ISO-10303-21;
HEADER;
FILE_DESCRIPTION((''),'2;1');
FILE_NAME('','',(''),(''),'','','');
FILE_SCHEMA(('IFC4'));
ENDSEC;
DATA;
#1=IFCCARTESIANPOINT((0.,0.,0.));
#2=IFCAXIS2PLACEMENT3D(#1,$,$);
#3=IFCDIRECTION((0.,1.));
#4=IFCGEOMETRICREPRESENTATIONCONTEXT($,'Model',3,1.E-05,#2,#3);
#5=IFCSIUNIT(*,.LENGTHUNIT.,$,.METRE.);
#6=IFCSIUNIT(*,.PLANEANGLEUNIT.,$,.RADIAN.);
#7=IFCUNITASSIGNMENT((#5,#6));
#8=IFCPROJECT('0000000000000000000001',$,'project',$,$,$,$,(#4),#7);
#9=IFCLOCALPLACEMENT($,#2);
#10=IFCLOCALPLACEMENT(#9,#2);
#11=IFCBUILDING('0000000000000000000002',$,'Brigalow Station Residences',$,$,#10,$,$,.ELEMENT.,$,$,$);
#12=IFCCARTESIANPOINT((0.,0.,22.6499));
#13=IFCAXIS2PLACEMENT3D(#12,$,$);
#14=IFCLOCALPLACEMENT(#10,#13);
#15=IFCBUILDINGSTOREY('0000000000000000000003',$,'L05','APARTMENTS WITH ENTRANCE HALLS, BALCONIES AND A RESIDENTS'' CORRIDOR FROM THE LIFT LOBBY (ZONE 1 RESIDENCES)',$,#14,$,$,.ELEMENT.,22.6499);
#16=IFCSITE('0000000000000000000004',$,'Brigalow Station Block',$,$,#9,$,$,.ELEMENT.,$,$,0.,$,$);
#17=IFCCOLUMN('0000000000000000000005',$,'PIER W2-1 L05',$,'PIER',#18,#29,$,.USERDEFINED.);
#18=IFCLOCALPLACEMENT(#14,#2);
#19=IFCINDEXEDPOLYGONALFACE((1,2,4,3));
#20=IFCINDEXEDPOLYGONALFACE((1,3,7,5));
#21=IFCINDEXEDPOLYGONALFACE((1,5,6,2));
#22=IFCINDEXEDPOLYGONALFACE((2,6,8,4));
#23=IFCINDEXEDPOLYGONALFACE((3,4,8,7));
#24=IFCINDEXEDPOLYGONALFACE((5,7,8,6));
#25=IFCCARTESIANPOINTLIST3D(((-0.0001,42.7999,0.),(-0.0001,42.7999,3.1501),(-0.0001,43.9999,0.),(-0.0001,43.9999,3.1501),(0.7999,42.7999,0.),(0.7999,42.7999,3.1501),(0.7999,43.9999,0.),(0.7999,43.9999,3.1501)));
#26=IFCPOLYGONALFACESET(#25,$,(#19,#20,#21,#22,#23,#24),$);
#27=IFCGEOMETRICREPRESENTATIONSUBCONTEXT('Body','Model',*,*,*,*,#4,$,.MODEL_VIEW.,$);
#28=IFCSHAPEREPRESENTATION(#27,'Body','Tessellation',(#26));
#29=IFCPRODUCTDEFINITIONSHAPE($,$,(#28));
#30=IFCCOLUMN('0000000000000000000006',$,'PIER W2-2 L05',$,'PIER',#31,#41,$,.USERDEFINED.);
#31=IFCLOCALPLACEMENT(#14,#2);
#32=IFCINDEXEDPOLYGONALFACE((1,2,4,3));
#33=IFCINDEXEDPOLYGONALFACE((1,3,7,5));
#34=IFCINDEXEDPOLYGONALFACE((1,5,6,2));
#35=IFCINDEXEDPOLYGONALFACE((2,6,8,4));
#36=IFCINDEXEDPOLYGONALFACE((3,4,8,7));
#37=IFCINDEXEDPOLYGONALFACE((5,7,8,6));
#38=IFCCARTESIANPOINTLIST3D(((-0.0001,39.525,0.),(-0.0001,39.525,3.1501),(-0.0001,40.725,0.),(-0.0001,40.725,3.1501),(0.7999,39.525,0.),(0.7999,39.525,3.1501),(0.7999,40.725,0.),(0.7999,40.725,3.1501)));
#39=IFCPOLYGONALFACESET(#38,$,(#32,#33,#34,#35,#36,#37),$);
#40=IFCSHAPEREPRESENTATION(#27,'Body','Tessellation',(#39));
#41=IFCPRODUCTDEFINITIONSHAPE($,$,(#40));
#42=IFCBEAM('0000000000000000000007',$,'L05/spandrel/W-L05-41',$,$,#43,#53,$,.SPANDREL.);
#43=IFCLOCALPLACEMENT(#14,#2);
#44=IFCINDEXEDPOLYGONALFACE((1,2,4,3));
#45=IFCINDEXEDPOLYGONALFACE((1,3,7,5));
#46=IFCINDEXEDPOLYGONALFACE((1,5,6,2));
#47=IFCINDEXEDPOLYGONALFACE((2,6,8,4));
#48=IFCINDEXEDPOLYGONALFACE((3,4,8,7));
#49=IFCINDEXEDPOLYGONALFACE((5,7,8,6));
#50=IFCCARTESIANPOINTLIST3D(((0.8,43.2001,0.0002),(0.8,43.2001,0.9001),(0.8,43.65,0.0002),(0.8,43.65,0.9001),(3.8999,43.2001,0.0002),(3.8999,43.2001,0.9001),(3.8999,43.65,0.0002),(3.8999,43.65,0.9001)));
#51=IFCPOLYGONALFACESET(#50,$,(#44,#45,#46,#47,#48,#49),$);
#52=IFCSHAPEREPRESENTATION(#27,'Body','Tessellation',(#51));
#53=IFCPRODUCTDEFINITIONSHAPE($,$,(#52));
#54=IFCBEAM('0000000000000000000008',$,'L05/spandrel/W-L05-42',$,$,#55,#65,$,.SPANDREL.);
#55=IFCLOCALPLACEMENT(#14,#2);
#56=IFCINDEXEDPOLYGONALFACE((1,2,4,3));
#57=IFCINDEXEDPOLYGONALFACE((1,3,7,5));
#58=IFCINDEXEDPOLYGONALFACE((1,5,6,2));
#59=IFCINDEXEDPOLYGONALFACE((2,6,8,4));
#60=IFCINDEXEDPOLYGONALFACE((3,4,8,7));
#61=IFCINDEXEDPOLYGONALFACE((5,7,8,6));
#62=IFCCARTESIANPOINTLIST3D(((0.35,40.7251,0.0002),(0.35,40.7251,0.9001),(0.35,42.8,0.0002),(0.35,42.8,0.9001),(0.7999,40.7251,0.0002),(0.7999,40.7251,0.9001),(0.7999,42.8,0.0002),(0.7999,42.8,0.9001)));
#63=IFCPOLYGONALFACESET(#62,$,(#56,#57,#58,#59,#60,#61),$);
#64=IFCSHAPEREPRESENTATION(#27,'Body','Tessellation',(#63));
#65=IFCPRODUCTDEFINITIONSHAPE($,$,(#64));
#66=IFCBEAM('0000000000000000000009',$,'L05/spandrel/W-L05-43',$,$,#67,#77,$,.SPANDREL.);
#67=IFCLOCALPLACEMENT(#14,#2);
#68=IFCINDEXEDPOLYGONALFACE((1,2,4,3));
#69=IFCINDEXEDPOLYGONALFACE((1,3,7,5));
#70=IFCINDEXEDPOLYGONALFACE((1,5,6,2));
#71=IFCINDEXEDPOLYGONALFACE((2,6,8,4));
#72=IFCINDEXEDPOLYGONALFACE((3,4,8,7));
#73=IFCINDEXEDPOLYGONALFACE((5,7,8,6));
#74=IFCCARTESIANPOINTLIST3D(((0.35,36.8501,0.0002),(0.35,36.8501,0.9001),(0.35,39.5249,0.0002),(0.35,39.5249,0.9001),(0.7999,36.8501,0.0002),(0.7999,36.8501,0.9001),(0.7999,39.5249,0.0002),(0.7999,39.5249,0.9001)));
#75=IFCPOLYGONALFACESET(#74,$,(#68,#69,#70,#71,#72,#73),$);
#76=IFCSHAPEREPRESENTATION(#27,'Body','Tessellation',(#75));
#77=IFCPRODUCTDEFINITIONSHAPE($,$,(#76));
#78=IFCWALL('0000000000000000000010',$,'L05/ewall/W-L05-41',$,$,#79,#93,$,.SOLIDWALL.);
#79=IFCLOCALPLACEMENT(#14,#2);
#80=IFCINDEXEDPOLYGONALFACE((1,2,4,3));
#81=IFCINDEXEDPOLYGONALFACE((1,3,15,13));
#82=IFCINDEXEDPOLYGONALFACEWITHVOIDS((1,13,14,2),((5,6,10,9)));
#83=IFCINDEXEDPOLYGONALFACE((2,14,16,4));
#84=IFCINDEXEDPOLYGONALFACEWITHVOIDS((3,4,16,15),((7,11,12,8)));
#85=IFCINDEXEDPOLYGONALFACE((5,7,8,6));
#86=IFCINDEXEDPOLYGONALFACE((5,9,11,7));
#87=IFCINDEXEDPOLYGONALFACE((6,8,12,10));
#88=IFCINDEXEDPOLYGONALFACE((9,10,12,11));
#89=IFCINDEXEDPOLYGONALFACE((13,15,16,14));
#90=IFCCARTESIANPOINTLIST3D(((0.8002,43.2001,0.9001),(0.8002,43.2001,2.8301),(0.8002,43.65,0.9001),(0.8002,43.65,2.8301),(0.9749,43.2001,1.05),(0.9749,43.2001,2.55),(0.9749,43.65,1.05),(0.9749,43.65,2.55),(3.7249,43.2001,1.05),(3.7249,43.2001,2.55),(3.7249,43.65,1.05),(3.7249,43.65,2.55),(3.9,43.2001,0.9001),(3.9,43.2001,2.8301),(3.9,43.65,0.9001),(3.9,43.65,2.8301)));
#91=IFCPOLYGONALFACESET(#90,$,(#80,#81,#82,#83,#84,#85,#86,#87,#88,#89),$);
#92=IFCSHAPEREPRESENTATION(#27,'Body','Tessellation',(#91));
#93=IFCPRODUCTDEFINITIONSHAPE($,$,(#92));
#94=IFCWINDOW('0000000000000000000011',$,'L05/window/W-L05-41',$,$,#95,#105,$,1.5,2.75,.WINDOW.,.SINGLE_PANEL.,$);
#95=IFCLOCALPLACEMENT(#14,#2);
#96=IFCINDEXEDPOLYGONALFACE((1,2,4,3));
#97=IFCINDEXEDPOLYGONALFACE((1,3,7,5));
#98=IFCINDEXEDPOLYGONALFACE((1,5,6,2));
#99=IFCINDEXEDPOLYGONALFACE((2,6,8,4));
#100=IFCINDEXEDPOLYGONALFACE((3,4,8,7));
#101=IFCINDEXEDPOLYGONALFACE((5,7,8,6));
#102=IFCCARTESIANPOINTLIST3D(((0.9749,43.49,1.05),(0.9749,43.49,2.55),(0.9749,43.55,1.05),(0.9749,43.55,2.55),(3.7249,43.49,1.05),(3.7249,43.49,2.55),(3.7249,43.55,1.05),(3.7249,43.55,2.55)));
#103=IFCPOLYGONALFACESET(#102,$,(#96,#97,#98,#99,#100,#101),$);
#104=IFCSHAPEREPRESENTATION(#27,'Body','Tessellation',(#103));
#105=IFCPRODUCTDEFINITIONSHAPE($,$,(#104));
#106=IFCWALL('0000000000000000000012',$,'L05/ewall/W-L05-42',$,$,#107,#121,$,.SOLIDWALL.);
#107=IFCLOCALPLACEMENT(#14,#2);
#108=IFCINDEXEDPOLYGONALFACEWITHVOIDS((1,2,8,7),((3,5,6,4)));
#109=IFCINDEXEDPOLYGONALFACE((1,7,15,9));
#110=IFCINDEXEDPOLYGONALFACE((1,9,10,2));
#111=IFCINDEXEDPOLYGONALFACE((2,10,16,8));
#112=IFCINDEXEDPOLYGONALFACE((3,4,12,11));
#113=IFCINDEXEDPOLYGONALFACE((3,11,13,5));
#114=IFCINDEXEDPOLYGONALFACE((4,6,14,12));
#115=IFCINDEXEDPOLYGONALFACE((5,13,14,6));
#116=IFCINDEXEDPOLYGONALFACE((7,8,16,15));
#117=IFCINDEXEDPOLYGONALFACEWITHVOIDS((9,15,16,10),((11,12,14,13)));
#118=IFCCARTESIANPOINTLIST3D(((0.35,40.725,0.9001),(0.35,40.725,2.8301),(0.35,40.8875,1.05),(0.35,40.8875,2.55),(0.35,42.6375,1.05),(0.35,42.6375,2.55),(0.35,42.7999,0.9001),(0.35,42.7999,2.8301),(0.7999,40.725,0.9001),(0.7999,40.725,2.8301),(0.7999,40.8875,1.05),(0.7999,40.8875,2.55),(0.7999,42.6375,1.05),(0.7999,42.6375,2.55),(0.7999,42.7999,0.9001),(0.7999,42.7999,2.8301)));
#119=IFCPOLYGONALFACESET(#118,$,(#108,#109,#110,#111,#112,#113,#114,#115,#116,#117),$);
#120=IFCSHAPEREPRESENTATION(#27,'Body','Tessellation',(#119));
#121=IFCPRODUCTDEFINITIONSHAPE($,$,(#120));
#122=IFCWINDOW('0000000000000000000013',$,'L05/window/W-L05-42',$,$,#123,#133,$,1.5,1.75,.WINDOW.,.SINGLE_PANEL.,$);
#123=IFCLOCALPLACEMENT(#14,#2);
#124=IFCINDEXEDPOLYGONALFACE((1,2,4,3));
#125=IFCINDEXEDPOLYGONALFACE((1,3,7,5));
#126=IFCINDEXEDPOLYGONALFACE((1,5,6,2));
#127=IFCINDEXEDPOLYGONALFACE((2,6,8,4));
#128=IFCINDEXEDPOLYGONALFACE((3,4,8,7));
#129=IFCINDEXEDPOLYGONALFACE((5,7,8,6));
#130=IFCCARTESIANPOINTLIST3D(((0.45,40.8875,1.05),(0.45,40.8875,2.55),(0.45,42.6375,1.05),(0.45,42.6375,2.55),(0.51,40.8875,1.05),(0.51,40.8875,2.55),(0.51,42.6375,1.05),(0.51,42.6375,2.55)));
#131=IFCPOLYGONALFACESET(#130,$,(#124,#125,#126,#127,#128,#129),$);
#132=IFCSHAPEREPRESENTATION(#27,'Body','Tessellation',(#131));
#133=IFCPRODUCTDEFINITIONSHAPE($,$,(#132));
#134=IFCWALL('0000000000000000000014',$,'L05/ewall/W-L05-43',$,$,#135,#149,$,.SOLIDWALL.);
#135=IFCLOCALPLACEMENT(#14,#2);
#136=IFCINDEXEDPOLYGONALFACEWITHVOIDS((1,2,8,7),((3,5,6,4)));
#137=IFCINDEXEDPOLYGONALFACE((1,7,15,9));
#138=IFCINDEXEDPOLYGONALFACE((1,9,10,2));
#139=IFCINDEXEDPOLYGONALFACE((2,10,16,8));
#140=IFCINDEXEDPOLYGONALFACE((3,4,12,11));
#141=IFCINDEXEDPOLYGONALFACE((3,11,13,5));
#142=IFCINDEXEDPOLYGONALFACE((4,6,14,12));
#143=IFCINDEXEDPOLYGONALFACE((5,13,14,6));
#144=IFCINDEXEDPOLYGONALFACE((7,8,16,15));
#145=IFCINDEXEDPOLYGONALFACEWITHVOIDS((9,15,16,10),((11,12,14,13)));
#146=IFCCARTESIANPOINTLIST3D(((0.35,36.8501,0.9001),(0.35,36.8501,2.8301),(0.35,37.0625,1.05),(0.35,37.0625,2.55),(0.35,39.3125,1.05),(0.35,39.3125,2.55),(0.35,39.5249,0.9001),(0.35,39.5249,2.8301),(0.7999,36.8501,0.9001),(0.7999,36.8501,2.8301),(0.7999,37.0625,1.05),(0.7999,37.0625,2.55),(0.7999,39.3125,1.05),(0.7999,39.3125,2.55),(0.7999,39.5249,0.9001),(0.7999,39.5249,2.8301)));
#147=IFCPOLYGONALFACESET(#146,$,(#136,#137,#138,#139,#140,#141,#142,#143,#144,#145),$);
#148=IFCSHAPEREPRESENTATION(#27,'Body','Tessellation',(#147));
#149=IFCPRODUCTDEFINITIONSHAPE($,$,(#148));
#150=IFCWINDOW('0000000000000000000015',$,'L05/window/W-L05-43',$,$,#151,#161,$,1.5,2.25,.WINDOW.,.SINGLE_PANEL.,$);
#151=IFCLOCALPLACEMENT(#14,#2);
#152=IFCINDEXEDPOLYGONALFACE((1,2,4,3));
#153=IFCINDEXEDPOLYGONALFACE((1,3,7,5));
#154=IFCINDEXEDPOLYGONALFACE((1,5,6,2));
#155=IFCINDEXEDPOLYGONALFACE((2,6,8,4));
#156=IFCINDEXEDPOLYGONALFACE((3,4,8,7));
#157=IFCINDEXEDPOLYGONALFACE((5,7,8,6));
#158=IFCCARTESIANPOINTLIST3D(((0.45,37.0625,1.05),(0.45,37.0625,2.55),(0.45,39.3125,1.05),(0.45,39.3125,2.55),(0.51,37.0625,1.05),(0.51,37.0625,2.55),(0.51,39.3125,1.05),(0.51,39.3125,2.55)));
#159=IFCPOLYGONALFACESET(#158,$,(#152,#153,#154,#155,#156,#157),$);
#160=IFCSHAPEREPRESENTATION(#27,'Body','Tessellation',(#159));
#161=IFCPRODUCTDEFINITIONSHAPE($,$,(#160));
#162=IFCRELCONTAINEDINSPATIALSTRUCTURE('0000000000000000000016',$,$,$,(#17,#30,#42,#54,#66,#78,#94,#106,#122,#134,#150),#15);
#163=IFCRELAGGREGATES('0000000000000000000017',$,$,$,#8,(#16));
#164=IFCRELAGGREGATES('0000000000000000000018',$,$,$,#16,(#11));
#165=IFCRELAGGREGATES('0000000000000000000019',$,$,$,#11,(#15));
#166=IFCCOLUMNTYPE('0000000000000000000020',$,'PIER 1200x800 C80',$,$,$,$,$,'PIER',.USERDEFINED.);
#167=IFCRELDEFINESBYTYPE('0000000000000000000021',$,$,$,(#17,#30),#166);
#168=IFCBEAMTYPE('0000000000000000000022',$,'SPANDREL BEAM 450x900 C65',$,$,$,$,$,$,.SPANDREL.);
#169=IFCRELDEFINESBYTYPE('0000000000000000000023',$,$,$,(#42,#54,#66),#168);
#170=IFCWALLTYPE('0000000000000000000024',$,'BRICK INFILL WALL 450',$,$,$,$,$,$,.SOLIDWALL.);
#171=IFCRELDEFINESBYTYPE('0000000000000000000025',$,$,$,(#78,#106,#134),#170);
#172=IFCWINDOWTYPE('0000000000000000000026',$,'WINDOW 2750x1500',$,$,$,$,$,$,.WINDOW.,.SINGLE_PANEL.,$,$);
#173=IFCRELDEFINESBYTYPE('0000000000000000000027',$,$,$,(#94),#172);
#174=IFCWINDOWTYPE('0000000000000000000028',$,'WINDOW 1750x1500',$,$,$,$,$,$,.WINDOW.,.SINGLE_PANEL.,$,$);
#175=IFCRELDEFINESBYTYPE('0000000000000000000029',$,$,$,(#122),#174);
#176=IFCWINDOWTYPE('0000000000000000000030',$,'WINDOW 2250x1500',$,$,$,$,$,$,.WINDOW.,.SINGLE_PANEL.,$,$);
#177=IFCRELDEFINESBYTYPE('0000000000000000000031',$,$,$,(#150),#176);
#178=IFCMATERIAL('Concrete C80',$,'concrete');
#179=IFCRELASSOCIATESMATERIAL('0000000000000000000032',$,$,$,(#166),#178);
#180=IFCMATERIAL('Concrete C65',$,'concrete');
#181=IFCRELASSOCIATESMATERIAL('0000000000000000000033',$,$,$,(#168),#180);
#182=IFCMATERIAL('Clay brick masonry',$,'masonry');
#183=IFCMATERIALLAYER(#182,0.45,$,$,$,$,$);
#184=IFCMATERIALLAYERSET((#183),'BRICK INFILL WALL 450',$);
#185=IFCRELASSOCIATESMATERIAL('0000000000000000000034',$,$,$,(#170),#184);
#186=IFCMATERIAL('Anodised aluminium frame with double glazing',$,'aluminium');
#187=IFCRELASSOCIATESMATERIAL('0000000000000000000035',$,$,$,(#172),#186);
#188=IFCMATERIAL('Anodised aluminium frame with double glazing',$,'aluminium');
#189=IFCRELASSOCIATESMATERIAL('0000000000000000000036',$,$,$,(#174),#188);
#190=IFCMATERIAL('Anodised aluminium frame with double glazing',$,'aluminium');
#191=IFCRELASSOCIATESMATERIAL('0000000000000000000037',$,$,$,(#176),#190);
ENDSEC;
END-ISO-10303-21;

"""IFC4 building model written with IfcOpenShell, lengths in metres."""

from ifc_helpers import new_model, si_unit, direction, frame, frame_2d, origin, origin_2d, place, context, subcontext, project, spatial, rectangle, extrude, material, layer, layer_set, material_profile, profile_set, type_object, element, fill, save


model = new_model("IFC4")

# Units and contexts
model_context = context("Model", 3, precision=1e-05, world=origin(), true_north=direction((0.0, 1.0)))
body_context = subcontext(model_context, "Body", "Model", "MODEL_VIEW")
ifc_project = project(units=[si_unit("LENGTHUNIT", "METRE"), si_unit("PLANEANGLEUNIT", "RADIAN")], contexts=[model_context])

# Site, building, storey
site_placement = place(None, origin())
site = spatial("IfcSite", under=ifc_project, at=site_placement, Name="Brigalow Station Block", CompositionType="ELEMENT", RefElevation=0.0)
building_placement = place(site_placement, origin())
building = spatial("IfcBuilding", under=site, at=building_placement, Name="Brigalow Station Residences", CompositionType="ELEMENT")
storey_placement = place(building_placement, frame((0.0, 0.0, 22.6499)))
storey = spatial("IfcBuildingStorey", under=building, at=storey_placement, Name="L05", Description="APARTMENTS WITH ENTRANCE HALLS, BALCONIES AND A RESIDENTS' CORRIDOR FROM THE LIFT LOBBY (ZONE 1 RESIDENCES)", CompositionType="ELEMENT", Elevation=22.6499)

# Columns
ifc_material_1 = material(Name="Concrete C80", Category="concrete")
ifc_material_profile_1 = material_profile(ifc_material_1, rectangle(XDim=1.2, YDim=0.8, at=origin_2d()), Name="RC1200x800")
ifc_profile_set_1 = profile_set([ifc_material_profile_1], Name="Concrete C80")
column_type = type_object("IfcColumnType", Name="PIER 1200x800 C80", ElementType="PIER", PredefinedType="USERDEFINED", material=ifc_profile_set_1)
for number, where, z_axis, x_axis, name in (
    (1, (0.3999, 43.3999, 0.0), (0.0, 0.0, 1.0), (0.0, -1.0, 0.0), "PIER W2-1 L05"),
    (2, (0.3999, 40.125, 0.0), (0.0, 0.0, 1.0), (0.0, -1.0, 0.0), "PIER W2-2 L05"),
):
    element("IfcColumn", number, at=place(storey_placement, frame(where, z_axis=z_axis, x_axis=x_axis)), inside=storey, type_object=column_type, Name=name, ObjectType="PIER", PredefinedType="USERDEFINED", context=body_context, shape_type="SweptSolid", body=[
        extrude(rectangle(XDim=1.2, YDim=0.8, at=origin_2d()), origin(), (0.0, 0.0, 1.0), 3.1501),
    ])

# Beams
ifc_material_2 = material(Name="Concrete C65", Category="concrete")
ifc_material_profile_2 = material_profile(ifc_material_2, rectangle(XDim=0.45, YDim=0.8999, at=origin_2d()), Name="RC450x900")
ifc_profile_set_2 = profile_set([ifc_material_profile_2], Name="Concrete C65")
beam_type = type_object("IfcBeamType", Name="SPANDREL BEAM 450x900 C65", PredefinedType="SPANDREL", material=ifc_profile_set_2)
beam_1_placement = place(storey_placement, frame((3.8999, 43.425, 0.4502), z_axis=(-1.0, 0.0, 0.0), x_axis=(0.0, -1.0, 0.0)))
element("IfcBeam", 3, at=beam_1_placement, inside=storey, type_object=beam_type, Name="L05/spandrel/W-L05-41", PredefinedType="SPANDREL", context=body_context, shape_type="SweptSolid", body=[
    extrude(rectangle(XDim=0.45, YDim=0.8999, at=origin_2d()), origin(), (0.0, 0.0, 1.0), 3.0999),
])
beam_2_placement = place(storey_placement, frame((0.575, 42.8, 0.4502), z_axis=(0.0, -1.0, 0.0), x_axis=(1.0, 0.0, 0.0)))
element("IfcBeam", 4, at=beam_2_placement, inside=storey, type_object=beam_type, Name="L05/spandrel/W-L05-42", PredefinedType="SPANDREL", context=body_context, shape_type="SweptSolid", body=[
    extrude(rectangle(XDim=0.45, YDim=0.8999, at=origin_2d()), origin(), (0.0, 0.0, 1.0), 2.075),
])
beam_3_placement = place(storey_placement, frame((0.575, 39.5249, 0.4502), z_axis=(0.0, -1.0, 0.0), x_axis=(1.0, 0.0, 0.0)))
element("IfcBeam", 5, at=beam_3_placement, inside=storey, type_object=beam_type, Name="L05/spandrel/W-L05-43", PredefinedType="SPANDREL", context=body_context, shape_type="SweptSolid", body=[
    extrude(rectangle(XDim=0.45, YDim=0.8999, at=origin_2d()), origin(), (0.0, 0.0, 1.0), 2.6748),
])

# Walls, openings, windows
ifc_material_3 = material(Name="Clay brick masonry", Category="masonry")
ifc_layer_1 = layer(ifc_material_3, 0.45)
ifc_layer_set_1 = layer_set([ifc_layer_1], Name="BRICK INFILL WALL 450")
wall_type_1 = type_object("IfcWallType", Name="BRICK INFILL WALL 450", PredefinedType="SOLIDWALL", material=ifc_layer_set_1)
wall_1_placement = place(storey_placement, frame((3.8999, 43.425, 0.9001), z_axis=(0.0, 0.0, 1.0), x_axis=(-1.0, 0.0, 0.0)))
wall_1 = element("IfcWall", 6, at=wall_1_placement, inside=storey, type_object=wall_type_1, Name="L05/ewall/W-L05-41", PredefinedType="SOLIDWALL", context=body_context, shape_type="SweptSolid", body=[
    extrude(rectangle(XDim=3.0999, YDim=0.45, at=frame_2d((1.5498, 0.0))), origin(), (0.0, 0.0, 1.0), 1.9299),
])
opening_1_placement = place(wall_1_placement, frame((0.175, 0.0, 0.1499)))
opening_1 = element("IfcOpeningElement", 7, at=opening_1_placement, cuts=wall_1, PredefinedType="OPENING", context=body_context, shape_type="SweptSolid", body=[
    extrude(rectangle(XDim=2.75, YDim=1.5, at=frame_2d((1.375, 0.75))), frame((0.0, 0.2349, 0.0), z_axis=(0.0, -1.0, 0.0), x_axis=(1.0, 0.0, 0.0)), (0.0, 0.0, 1.0), 0.47),
])
ifc_material_4 = material(Name="Anodised aluminium frame with double glazing", Category="aluminium")
window_type_1 = type_object("IfcWindowType", Name="WINDOW 2750x1500", PartitioningType="SINGLE_PANEL", PredefinedType="WINDOW", material=ifc_material_4)
window_1_placement = place(opening_1_placement, origin())
window_1 = element("IfcWindow", 8, at=window_1_placement, inside=storey, type_object=window_type_1, Name="L05/window/W-L05-41", OverallHeight=1.5, OverallWidth=2.75, PartitioningType="SINGLE_PANEL", PredefinedType="WINDOW", context=body_context, shape_type="SweptSolid", body=[
    extrude(rectangle(XDim=2.75, YDim=1.5, at=frame_2d((1.375, 0.75))), frame((0.0, -0.0649, 0.0), z_axis=(0.0, -1.0, 0.0), x_axis=(1.0, 0.0, 0.0)), (0.0, 0.0, 1.0), 0.0601),
])
fill(opening_1, window_1)
wall_2_placement = place(storey_placement, frame((0.575, 42.8, 0.9001), z_axis=(0.0, 0.0, 1.0), x_axis=(0.0, -1.0, 0.0)))
wall_2 = element("IfcWall", 9, at=wall_2_placement, inside=storey, type_object=wall_type_1, Name="L05/ewall/W-L05-42", PredefinedType="SOLIDWALL", context=body_context, shape_type="SweptSolid", body=[
    extrude(rectangle(XDim=2.075, YDim=0.45, at=frame_2d((1.0376, 0.0))), origin(), (0.0, 0.0, 1.0), 1.9299),
])
opening_2_placement = place(wall_2_placement, frame((0.1626, 0.0, 0.1499)))
opening_2 = element("IfcOpeningElement", 10, at=opening_2_placement, cuts=wall_2, PredefinedType="OPENING", context=body_context, shape_type="SweptSolid", body=[
    extrude(rectangle(XDim=1.75, YDim=1.5, at=frame_2d((0.875, 0.75))), frame((0.0, 0.2349, 0.0), z_axis=(0.0, -1.0, 0.0), x_axis=(1.0, 0.0, 0.0)), (0.0, 0.0, 1.0), 0.47),
])
ifc_material_5 = material(Name="Anodised aluminium frame with double glazing", Category="aluminium")
window_type_2 = type_object("IfcWindowType", Name="WINDOW 1750x1500", PartitioningType="SINGLE_PANEL", PredefinedType="WINDOW", material=ifc_material_5)
window_2_placement = place(opening_2_placement, origin())
window_2 = element("IfcWindow", 11, at=window_2_placement, inside=storey, type_object=window_type_2, Name="L05/window/W-L05-42", OverallHeight=1.5, OverallWidth=1.75, PartitioningType="SINGLE_PANEL", PredefinedType="WINDOW", context=body_context, shape_type="SweptSolid", body=[
    extrude(rectangle(XDim=1.75, YDim=1.5, at=frame_2d((0.875, 0.75))), frame((0.0, -0.0649, 0.0), z_axis=(0.0, -1.0, 0.0), x_axis=(1.0, 0.0, 0.0)), (0.0, 0.0, 1.0), 0.0601),
])
fill(opening_2, window_2)
wall_3_placement = place(storey_placement, frame((0.575, 39.5249, 0.9001), z_axis=(0.0, 0.0, 1.0), x_axis=(0.0, -1.0, 0.0)))
wall_3 = element("IfcWall", 12, at=wall_3_placement, inside=storey, type_object=wall_type_1, Name="L05/ewall/W-L05-43", PredefinedType="SOLIDWALL", context=body_context, shape_type="SweptSolid", body=[
    extrude(rectangle(XDim=2.6748, YDim=0.45, at=frame_2d((1.3374, 0.0))), origin(), (0.0, 0.0, 1.0), 1.9299),
])
opening_3_placement = place(wall_3_placement, frame((0.2124, 0.0, 0.1499)))
opening_3 = element("IfcOpeningElement", 13, at=opening_3_placement, cuts=wall_3, PredefinedType="OPENING", context=body_context, shape_type="SweptSolid", body=[
    extrude(rectangle(XDim=2.25, YDim=1.5, at=frame_2d((1.125, 0.75))), frame((0.0, 0.2349, 0.0), z_axis=(0.0, -1.0, 0.0), x_axis=(1.0, 0.0, 0.0)), (0.0, 0.0, 1.0), 0.47),
])
ifc_material_6 = material(Name="Anodised aluminium frame with double glazing", Category="aluminium")
window_type_3 = type_object("IfcWindowType", Name="WINDOW 2250x1500", PartitioningType="SINGLE_PANEL", PredefinedType="WINDOW", material=ifc_material_6)
window_3_placement = place(opening_3_placement, origin())
window_3 = element("IfcWindow", 14, at=window_3_placement, inside=storey, type_object=window_type_3, Name="L05/window/W-L05-43", OverallHeight=1.5, OverallWidth=2.25, PartitioningType="SINGLE_PANEL", PredefinedType="WINDOW", context=body_context, shape_type="SweptSolid", body=[
    extrude(rectangle(XDim=2.25, YDim=1.5, at=frame_2d((1.125, 0.75))), frame((0.0, -0.0649, 0.0), z_axis=(0.0, -1.0, 0.0), x_axis=(1.0, 0.0, 0.0)), (0.0, 0.0, 1.0), 0.0601),
])
fill(opening_3, window_3)

save(model, "model.ifc")
